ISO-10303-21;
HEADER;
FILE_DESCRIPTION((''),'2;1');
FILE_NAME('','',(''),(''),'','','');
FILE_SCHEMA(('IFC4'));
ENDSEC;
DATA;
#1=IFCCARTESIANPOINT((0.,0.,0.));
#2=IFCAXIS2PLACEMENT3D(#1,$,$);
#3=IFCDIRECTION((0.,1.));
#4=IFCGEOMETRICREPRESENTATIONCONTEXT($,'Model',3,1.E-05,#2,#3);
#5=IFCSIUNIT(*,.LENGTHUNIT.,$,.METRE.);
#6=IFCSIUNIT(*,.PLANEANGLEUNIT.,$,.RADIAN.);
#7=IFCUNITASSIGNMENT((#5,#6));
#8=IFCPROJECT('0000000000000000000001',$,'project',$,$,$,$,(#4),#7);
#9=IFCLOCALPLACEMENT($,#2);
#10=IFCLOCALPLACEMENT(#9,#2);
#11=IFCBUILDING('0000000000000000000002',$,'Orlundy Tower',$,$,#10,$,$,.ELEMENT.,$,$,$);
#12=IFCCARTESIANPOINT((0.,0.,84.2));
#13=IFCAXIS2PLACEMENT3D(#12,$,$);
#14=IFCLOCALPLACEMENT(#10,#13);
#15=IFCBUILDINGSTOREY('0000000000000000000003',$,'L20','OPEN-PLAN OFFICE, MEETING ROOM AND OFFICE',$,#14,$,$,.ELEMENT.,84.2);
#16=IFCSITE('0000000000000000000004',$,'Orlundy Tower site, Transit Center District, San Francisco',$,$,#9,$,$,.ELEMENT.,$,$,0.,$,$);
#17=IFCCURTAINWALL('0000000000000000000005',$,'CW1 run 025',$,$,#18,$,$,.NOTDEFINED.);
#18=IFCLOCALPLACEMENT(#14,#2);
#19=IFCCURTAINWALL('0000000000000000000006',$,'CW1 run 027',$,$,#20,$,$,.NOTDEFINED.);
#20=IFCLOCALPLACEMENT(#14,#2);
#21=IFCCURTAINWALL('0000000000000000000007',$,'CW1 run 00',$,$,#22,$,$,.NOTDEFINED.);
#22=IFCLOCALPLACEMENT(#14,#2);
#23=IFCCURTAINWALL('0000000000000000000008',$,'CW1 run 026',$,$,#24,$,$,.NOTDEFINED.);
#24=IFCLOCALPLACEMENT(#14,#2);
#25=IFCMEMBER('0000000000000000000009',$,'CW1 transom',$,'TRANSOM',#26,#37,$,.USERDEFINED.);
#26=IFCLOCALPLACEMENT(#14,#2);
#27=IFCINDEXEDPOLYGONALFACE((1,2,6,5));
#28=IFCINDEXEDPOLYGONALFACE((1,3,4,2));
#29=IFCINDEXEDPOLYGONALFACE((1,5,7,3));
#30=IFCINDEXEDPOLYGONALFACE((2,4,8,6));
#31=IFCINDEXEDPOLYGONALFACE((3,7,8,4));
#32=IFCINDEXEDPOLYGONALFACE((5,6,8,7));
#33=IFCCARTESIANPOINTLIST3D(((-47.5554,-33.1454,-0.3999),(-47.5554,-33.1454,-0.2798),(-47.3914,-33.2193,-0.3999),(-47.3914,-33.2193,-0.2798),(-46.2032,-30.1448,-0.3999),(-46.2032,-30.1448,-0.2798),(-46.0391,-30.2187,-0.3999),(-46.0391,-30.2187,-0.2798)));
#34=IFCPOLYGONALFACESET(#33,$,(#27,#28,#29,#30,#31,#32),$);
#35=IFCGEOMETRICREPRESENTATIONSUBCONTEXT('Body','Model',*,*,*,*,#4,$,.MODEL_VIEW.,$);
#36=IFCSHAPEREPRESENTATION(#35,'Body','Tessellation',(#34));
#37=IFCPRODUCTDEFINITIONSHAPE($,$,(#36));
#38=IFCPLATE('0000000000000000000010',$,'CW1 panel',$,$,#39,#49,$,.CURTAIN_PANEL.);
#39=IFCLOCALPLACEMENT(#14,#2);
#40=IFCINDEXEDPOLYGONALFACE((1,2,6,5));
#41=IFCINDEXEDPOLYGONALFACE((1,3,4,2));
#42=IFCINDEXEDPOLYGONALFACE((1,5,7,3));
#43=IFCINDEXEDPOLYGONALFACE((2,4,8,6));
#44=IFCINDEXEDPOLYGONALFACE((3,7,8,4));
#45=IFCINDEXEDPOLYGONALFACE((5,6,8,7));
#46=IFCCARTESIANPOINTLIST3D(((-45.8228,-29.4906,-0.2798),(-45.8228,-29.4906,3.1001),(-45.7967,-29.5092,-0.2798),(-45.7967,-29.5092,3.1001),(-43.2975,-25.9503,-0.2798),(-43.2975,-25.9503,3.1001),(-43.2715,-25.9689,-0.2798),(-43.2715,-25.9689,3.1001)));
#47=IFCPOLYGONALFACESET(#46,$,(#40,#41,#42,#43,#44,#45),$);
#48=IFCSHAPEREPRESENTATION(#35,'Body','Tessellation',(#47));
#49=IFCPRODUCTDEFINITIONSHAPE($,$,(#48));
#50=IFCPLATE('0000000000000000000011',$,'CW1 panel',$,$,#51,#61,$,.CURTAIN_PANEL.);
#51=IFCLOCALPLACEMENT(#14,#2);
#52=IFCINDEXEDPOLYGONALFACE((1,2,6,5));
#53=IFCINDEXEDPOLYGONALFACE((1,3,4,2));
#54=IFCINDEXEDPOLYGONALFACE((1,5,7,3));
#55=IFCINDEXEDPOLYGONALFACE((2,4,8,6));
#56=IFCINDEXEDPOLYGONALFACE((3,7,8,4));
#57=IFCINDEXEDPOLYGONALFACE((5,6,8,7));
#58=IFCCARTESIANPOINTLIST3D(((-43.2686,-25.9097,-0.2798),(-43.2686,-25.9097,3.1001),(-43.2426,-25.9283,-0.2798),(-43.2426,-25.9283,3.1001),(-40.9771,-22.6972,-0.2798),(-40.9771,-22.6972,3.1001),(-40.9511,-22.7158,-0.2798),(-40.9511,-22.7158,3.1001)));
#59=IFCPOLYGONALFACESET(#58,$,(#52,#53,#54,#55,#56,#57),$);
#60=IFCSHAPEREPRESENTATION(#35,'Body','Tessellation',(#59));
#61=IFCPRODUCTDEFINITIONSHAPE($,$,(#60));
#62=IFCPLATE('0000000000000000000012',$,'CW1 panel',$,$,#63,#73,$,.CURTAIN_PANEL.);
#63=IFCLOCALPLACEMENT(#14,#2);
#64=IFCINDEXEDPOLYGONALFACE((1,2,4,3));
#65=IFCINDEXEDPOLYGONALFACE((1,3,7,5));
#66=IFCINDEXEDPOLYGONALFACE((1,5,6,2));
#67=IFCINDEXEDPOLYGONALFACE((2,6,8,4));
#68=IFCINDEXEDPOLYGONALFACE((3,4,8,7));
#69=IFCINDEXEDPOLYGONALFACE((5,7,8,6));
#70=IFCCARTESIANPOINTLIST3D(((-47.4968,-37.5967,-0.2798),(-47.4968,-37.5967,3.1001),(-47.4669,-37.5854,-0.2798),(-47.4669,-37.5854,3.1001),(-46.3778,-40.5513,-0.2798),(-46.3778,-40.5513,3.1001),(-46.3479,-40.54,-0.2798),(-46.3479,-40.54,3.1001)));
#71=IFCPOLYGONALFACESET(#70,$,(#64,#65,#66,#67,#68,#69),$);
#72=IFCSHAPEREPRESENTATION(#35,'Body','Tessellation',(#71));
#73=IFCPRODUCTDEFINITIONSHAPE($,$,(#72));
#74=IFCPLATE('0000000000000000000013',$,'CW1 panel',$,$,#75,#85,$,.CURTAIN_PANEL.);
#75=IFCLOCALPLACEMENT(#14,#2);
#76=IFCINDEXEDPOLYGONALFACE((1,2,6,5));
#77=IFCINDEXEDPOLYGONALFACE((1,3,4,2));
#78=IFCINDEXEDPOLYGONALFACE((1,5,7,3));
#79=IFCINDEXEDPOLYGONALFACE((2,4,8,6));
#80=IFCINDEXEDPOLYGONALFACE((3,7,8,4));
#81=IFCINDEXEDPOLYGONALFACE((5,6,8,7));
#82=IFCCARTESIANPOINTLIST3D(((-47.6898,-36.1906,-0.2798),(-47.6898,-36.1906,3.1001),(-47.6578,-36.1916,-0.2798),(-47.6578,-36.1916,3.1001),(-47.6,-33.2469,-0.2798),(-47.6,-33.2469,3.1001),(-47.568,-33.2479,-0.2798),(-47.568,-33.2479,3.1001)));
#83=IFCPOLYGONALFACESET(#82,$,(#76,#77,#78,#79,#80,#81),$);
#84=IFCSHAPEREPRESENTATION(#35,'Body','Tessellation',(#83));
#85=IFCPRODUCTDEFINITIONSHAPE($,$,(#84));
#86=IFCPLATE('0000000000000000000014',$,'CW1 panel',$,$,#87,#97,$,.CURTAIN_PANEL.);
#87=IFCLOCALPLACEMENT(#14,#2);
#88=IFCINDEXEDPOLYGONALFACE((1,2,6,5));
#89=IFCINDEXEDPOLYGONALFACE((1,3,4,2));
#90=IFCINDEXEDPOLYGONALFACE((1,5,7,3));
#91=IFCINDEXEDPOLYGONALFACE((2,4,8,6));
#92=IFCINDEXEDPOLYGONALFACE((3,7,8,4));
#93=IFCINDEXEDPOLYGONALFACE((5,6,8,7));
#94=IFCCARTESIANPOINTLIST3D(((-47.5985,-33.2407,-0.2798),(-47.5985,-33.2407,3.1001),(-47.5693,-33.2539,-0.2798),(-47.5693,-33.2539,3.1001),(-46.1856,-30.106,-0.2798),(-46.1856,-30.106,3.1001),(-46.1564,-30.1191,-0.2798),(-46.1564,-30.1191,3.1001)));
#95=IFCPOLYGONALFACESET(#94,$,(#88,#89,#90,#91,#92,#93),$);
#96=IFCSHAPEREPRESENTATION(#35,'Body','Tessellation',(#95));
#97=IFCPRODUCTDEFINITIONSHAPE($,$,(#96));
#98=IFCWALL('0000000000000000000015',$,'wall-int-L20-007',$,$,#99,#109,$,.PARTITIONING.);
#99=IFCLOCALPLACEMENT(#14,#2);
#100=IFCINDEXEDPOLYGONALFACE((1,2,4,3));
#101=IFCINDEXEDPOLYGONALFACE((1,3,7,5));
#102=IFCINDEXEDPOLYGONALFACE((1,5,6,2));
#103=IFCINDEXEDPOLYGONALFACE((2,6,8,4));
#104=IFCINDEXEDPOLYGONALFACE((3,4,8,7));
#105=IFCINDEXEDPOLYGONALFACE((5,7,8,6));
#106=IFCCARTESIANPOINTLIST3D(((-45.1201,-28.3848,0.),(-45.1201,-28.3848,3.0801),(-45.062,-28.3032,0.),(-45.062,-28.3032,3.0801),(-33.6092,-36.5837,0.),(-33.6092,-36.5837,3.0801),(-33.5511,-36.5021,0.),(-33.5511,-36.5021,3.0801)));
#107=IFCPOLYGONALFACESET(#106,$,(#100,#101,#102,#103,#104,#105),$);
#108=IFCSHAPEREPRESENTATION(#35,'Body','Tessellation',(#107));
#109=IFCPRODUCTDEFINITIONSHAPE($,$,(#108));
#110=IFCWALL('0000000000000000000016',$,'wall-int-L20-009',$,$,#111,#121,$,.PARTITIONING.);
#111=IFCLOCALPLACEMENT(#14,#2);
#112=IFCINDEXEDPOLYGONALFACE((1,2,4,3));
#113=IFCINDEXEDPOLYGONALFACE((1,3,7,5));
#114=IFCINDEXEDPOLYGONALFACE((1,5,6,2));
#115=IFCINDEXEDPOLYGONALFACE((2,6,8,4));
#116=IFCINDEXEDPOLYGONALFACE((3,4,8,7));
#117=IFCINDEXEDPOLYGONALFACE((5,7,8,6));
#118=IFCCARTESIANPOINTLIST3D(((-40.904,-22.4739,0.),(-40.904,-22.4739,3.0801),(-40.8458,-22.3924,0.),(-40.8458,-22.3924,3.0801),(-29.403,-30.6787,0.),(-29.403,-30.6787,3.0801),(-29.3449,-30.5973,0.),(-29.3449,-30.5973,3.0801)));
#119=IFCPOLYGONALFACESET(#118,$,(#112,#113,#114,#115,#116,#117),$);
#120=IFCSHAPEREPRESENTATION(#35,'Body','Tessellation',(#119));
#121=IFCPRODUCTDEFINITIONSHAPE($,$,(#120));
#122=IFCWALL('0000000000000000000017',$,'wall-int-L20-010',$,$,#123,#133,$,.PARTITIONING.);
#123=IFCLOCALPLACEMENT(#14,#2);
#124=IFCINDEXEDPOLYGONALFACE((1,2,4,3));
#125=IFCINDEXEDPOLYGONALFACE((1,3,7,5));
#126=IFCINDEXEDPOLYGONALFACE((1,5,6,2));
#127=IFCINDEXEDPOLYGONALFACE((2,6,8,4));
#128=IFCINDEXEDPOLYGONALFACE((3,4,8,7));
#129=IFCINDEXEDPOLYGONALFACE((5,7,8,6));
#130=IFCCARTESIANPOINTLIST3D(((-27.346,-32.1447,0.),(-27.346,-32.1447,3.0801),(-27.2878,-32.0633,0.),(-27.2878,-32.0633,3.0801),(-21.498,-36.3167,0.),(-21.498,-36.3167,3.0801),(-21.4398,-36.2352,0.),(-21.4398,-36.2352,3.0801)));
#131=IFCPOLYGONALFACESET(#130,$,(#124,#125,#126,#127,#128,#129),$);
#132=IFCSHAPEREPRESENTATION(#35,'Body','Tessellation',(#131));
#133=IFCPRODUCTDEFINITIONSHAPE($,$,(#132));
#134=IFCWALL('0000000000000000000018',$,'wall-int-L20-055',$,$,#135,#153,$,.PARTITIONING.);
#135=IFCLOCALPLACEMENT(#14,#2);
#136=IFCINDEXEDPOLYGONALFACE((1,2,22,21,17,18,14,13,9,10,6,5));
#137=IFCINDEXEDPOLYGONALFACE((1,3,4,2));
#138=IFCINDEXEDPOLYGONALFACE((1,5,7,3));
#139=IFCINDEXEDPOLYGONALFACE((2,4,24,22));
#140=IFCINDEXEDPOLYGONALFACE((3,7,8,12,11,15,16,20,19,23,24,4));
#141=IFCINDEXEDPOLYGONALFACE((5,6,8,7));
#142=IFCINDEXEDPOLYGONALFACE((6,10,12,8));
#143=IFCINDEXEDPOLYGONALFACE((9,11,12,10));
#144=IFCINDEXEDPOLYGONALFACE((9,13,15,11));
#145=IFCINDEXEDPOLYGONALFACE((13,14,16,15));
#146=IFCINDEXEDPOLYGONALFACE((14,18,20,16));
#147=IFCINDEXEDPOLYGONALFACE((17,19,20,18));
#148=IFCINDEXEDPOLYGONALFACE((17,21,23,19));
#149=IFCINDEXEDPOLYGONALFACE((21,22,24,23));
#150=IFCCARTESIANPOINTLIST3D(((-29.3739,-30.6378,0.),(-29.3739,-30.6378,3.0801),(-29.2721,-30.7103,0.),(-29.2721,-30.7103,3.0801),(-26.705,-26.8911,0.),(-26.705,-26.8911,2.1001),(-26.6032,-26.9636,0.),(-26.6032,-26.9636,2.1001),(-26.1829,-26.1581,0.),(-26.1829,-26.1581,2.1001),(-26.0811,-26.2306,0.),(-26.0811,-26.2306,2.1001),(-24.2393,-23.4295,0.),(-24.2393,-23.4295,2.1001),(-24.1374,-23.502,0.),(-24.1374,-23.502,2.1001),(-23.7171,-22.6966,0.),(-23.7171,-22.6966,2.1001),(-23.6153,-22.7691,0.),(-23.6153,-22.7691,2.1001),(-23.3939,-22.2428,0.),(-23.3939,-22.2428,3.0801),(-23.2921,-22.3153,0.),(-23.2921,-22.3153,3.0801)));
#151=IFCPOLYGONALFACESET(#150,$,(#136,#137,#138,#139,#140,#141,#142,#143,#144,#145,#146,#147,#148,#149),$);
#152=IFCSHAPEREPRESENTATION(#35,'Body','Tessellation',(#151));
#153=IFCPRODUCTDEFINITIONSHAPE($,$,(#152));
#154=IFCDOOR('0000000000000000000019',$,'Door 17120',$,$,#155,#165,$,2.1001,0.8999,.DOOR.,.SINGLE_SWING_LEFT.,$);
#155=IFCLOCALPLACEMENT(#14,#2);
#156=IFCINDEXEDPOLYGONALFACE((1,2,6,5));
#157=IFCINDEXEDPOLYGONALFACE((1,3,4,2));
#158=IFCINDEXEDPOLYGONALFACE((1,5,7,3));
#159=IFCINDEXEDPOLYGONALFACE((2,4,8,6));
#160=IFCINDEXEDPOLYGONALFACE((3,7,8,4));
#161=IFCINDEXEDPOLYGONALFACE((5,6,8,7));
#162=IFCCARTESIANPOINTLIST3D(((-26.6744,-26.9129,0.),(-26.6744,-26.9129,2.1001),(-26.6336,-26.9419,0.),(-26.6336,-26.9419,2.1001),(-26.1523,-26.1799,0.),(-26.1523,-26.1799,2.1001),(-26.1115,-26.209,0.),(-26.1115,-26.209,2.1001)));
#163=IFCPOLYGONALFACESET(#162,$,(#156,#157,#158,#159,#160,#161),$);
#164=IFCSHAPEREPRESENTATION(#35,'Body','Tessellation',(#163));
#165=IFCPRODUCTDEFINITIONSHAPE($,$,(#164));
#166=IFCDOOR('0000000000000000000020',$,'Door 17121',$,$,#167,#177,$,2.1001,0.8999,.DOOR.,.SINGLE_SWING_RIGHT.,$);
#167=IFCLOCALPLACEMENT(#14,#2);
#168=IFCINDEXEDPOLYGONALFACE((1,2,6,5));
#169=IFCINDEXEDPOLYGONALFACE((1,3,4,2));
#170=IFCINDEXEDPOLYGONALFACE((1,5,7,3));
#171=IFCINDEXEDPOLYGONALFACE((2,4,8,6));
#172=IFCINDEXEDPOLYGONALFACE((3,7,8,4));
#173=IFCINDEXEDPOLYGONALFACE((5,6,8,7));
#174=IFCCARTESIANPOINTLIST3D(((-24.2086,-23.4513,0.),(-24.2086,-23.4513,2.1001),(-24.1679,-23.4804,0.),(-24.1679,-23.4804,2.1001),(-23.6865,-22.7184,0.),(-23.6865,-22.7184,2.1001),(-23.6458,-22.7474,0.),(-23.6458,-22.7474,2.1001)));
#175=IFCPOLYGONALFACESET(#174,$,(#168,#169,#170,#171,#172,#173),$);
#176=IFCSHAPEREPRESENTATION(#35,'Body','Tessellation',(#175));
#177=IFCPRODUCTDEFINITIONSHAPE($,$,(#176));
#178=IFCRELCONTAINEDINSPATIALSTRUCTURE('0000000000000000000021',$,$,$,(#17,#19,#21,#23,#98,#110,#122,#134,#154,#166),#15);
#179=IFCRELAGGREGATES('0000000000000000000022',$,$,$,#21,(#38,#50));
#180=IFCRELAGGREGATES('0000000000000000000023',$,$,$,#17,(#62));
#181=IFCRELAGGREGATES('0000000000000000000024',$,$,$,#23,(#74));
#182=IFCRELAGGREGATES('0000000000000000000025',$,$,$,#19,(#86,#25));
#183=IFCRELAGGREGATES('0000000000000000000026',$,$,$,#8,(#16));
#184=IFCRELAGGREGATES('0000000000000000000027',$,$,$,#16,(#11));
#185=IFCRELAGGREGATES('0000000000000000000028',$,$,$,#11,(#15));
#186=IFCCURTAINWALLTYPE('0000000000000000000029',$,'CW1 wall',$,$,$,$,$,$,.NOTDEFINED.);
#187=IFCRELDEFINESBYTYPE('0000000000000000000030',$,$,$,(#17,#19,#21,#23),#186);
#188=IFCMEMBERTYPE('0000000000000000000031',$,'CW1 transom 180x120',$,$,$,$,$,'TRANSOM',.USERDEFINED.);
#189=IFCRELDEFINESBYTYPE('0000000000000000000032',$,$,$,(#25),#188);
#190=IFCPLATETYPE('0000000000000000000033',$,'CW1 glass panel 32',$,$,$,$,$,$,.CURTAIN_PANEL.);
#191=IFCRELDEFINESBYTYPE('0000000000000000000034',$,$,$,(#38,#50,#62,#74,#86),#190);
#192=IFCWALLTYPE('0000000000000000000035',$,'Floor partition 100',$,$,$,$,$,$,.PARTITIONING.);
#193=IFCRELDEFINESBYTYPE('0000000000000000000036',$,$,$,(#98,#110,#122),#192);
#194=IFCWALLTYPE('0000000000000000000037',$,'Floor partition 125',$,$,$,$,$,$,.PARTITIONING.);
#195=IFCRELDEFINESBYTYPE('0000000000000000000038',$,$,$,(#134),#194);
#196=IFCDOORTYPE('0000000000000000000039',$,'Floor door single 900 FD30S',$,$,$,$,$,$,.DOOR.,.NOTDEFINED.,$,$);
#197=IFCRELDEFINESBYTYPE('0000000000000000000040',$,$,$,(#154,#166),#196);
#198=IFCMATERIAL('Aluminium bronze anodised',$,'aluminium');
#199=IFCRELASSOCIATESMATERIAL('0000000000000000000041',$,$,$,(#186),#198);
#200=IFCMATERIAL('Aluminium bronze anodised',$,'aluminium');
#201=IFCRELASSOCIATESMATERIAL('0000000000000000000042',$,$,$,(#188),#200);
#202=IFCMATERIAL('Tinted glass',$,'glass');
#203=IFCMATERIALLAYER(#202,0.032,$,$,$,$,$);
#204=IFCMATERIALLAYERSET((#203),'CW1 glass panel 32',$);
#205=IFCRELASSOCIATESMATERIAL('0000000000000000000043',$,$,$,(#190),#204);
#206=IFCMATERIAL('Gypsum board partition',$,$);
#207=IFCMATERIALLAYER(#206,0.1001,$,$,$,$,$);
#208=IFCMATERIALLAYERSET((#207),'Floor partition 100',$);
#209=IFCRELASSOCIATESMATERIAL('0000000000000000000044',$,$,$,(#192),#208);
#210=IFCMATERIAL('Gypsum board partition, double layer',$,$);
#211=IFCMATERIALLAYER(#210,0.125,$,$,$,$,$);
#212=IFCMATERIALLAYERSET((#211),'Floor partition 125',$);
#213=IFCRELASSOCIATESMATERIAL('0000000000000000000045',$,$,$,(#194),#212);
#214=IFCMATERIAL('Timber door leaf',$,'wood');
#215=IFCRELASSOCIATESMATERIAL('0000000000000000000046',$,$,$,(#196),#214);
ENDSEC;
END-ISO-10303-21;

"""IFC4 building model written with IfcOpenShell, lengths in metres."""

from ifc_helpers import new_model, si_unit, direction, frame, frame_2d, origin, origin_2d, place, context, subcontext, project, spatial, rectangle, extrude, material, layer, layer_set, material_profile, profile_set, type_object, element, fill, aggregate, save


model = new_model("IFC4")

# Units and contexts
model_context = context("Model", 3, precision=1e-05, world=origin(), true_north=direction((0.0, 1.0)))
body_context = subcontext(model_context, "Body", "Model", "MODEL_VIEW")
ifc_project = project(units=[si_unit("LENGTHUNIT", "METRE"), si_unit("PLANEANGLEUNIT", "RADIAN")], contexts=[model_context])

# Site, building, storey
site_placement = place(None, origin())
site = spatial("IfcSite", under=ifc_project, at=site_placement, Name="Orlundy Tower site, Transit Center District, San Francisco", CompositionType="ELEMENT", RefElevation=0.0)
building_placement = place(site_placement, origin())
building = spatial("IfcBuilding", under=site, at=building_placement, Name="Orlundy Tower", CompositionType="ELEMENT")
storey_placement = place(building_placement, frame((0.0, 0.0, 84.2)))
storey = spatial("IfcBuildingStorey", under=building, at=storey_placement, Name="L20", Description="OPEN-PLAN OFFICE, MEETING ROOM AND OFFICE", CompositionType="ELEMENT", Elevation=84.2)

# Curtain walls
ifc_material_1 = material(Name="Aluminium bronze anodised", Category="aluminium")
curtain_wall_type = type_object("IfcCurtainWallType", Name="CW1 wall", PredefinedType="NOTDEFINED", material=ifc_material_1)
curtain_wall_1_placement = place(storey_placement, origin())
curtain_wall_1 = element("IfcCurtainWall", 1, at=curtain_wall_1_placement, inside=storey, type_object=curtain_wall_type, Name="CW1 run 025", PredefinedType="NOTDEFINED")
curtain_wall_2_placement = place(storey_placement, origin())
curtain_wall_2 = element("IfcCurtainWall", 2, at=curtain_wall_2_placement, inside=storey, type_object=curtain_wall_type, Name="CW1 run 027", PredefinedType="NOTDEFINED")

# Curtain wall
curtain_wall_3_placement = place(storey_placement, origin())
curtain_wall_3 = element("IfcCurtainWall", 3, at=curtain_wall_3_placement, inside=storey, type_object=curtain_wall_type, Name="CW1 run 00", PredefinedType="NOTDEFINED")
ifc_material_2 = material(Name="Aluminium bronze anodised", Category="aluminium")
ifc_material_profile_1 = material_profile(ifc_material_2, rectangle(XDim=0.1799, YDim=0.1201, at=origin_2d()), Name="CW1 transom 180x120")
ifc_profile_set_1 = profile_set([ifc_material_profile_1], Name="Aluminium bronze anodised")
member_type_1 = type_object("IfcMemberType", Name="CW1 transom 180x120", ElementType="TRANSOM", PredefinedType="USERDEFINED", material=ifc_profile_set_1)

# Curtain wall
curtain_wall_4_placement = place(storey_placement, origin())
curtain_wall_4 = element("IfcCurtainWall", 4, at=curtain_wall_4_placement, inside=storey, type_object=curtain_wall_type, Name="CW1 run 026", PredefinedType="NOTDEFINED")

# Member
member_1_placement = place(storey_placement, frame((-47.4734, -33.1824, -0.3398), z_axis=(0.410861, 0.911698, 0.0), x_axis=(-0.911698, 0.410861, 0.0)))
member_1 = element("IfcMember", 5, at=member_1_placement, type_object=member_type_1, Name="CW1 transom", ObjectType="TRANSOM", PredefinedType="USERDEFINED", context=body_context, shape_type="SweptSolid", body=[
    extrude(rectangle(XDim=0.1799, YDim=0.1201, at=origin_2d()), origin(), (0.0, 0.0, 1.0), 3.2913),
])

# Plates
ifc_material_3 = material(Name="Tinted glass", Category="glass")
ifc_layer_1 = layer(ifc_material_3, 0.032)
ifc_layer_set_1 = layer_set([ifc_layer_1], Name="CW1 glass panel 32")
plate_type = type_object("IfcPlateType", Name="CW1 glass panel 32", PredefinedType="CURTAIN_PANEL", material=ifc_layer_set_1)
plate_1_placement = place(storey_placement, frame((-44.5471, -27.7297, -0.2798), z_axis=(0.0, 0.0, 1.0), x_axis=(0.580701, 0.814117, 0.0)))
plate_1 = element("IfcPlate", 6, at=plate_1_placement, type_object=plate_type, Name="CW1 panel", PredefinedType="CURTAIN_PANEL", context=body_context, shape_type="SweptSolid", body=[
    extrude(rectangle(XDim=4.3486, YDim=0.032, at=origin_2d()), origin(), (0.0, 0.0, 1.0), 3.3799),
])
plate_2_placement = place(storey_placement, frame((-42.1099, -24.3127, -0.2798), z_axis=(0.0, 0.0, 1.0), x_axis=(0.580701, 0.814117, 0.0)))
plate_2 = element("IfcPlate", 7, at=plate_2_placement, type_object=plate_type, Name="CW1 panel", PredefinedType="CURTAIN_PANEL", context=body_context, shape_type="SweptSolid", body=[
    extrude(rectangle(XDim=3.946, YDim=0.032, at=origin_2d()), origin(), (0.0, 0.0, 1.0), 3.3799),
])
aggregate(curtain_wall_3, [plate_1, plate_2])
plate_3_placement = place(storey_placement, frame((-46.9224, -39.0684, -0.2798), z_axis=(0.0, 0.0, 1.0), x_axis=(-0.354166, 0.935182, 0.0)))
plate_3 = element("IfcPlate", 8, at=plate_3_placement, type_object=plate_type, Name="CW1 panel", PredefinedType="CURTAIN_PANEL", context=body_context, shape_type="SweptSolid", body=[
    extrude(rectangle(XDim=3.1594, YDim=0.032, at=origin_2d()), origin(), (0.0, 0.0, 1.0), 3.3799),
])
aggregate(curtain_wall_1, [plate_3])
plate_4_placement = place(storey_placement, frame((-47.6289, -34.7192, -0.2798), z_axis=(0.0, 0.0, 1.0), x_axis=(0.030485, 0.999535, 0.0)))
plate_4 = element("IfcPlate", 9, at=plate_4_placement, type_object=plate_type, Name="CW1 panel", PredefinedType="CURTAIN_PANEL", context=body_context, shape_type="SweptSolid", body=[
    extrude(rectangle(XDim=2.9451, YDim=0.032, at=origin_2d()), origin(), (0.0, 0.0, 1.0), 3.3799),
])
aggregate(curtain_wall_4, [plate_4])
plate_5_placement = place(storey_placement, frame((-46.8774, -31.6799, -0.2798), z_axis=(0.0, 0.0, 1.0), x_axis=(0.410914, 0.911674, 0.0)))
plate_5 = element("IfcPlate", 10, at=plate_5_placement, type_object=plate_type, Name="CW1 panel", PredefinedType="CURTAIN_PANEL", context=body_context, shape_type="SweptSolid", body=[
    extrude(rectangle(XDim=3.4385, YDim=0.032, at=origin_2d()), origin(), (0.0, 0.0, 1.0), 3.3799),
])
aggregate(curtain_wall_2, [plate_5, member_1])

# Walls
ifc_material_4 = material(Name="Gypsum board partition")
ifc_layer_2 = layer(ifc_material_4, 0.1001)
ifc_layer_set_2 = layer_set([ifc_layer_2], Name="Floor partition 100")
wall_type_1 = type_object("IfcWallType", Name="Floor partition 100", PredefinedType="PARTITIONING", material=ifc_layer_set_2)
wall_1_placement = place(storey_placement, frame((-45.0911, -28.344, 0.0), z_axis=(0.0, 0.0, 1.0), x_axis=(0.814508, -0.580153, 0.0)))
element("IfcWall", 11, at=wall_1_placement, inside=storey, type_object=wall_type_1, Name="wall-int-L20-007", PredefinedType="PARTITIONING", context=body_context, shape_type="SweptSolid", body=[
    extrude(rectangle(XDim=14.1323, YDim=0.1001, at=frame_2d((7.0662, 0.0))), origin(), (0.0, 0.0, 1.0), 3.0801),
])
wall_2_placement = place(storey_placement, frame((-40.875, -22.4331, 0.0), z_axis=(0.0, 0.0, 1.0), x_axis=(0.814073, -0.580762, 0.0)))
element("IfcWall", 12, at=wall_2_placement, inside=storey, type_object=wall_type_1, Name="wall-int-L20-009", PredefinedType="PARTITIONING", context=body_context, shape_type="SweptSolid", body=[
    extrude(rectangle(XDim=14.1277, YDim=0.1001, at=frame_2d((7.064, 0.0))), origin(), (0.0, 0.0, 1.0), 3.0801),
])
wall_3_placement = place(storey_placement, frame((-27.3169, -32.104, 0.0), z_axis=(0.0, 0.0, 1.0), x_axis=(0.814075, -0.580759, 0.0)))
element("IfcWall", 13, at=wall_3_placement, inside=storey, type_object=wall_type_1, Name="wall-int-L20-010", PredefinedType="PARTITIONING", context=body_context, shape_type="SweptSolid", body=[
    extrude(rectangle(XDim=7.1836, YDim=0.1001, at=frame_2d((3.5918, 0.0))), origin(), (0.0, 0.0, 1.0), 3.0801),
])

# Wall, openings, doors
ifc_material_5 = material(Name="Gypsum board partition, double layer")
ifc_layer_3 = layer(ifc_material_5, 0.125)
ifc_layer_set_3 = layer_set([ifc_layer_3], Name="Floor partition 125")
wall_type_2 = type_object("IfcWallType", Name="Floor partition 125", PredefinedType="PARTITIONING", material=ifc_layer_set_3)
wall_4_placement = place(storey_placement, frame((-29.323, -30.6741, 0.0), z_axis=(0.0, 0.0, 1.0), x_axis=(0.58018, 0.814488, 0.0)))
wall_4 = element("IfcWall", 14, at=wall_4_placement, inside=storey, type_object=wall_type_2, Name="wall-int-L20-055", PredefinedType="PARTITIONING", context=body_context, shape_type="SweptSolid", body=[
    extrude(rectangle(XDim=10.3071, YDim=0.125, at=frame_2d((5.1536, 0.0))), origin(), (0.0, 0.0, 1.0), 3.0801),
])
opening_1_placement = place(wall_4_placement, frame((4.6001, 0.0, 0.0)))
opening_1 = element("IfcOpeningElement", 15, at=opening_1_placement, cuts=wall_4, PredefinedType="OPENING", context=body_context, shape_type="SweptSolid", body=[
    extrude(rectangle(XDim=0.8999, YDim=2.1001, at=frame_2d((0.45, 1.05))), frame((0.0, 0.0725, 0.0), z_axis=(0.0, -1.0, 0.0), x_axis=(1.0, 0.0, 0.0)), (0.0, 0.0, 1.0), 0.145),
])
opening_2_placement = place(wall_4_placement, frame((8.8501, 0.0, 0.0)))
opening_2 = element("IfcOpeningElement", 16, at=opening_2_placement, cuts=wall_4, PredefinedType="OPENING", context=body_context, shape_type="SweptSolid", body=[
    extrude(rectangle(XDim=0.8999, YDim=2.1001, at=frame_2d((0.45, 1.05))), frame((0.0, 0.0725, 0.0), z_axis=(0.0, -1.0, 0.0), x_axis=(1.0, 0.0, 0.0)), (0.0, 0.0, 1.0), 0.145),
])
ifc_material_6 = material(Name="Timber door leaf", Category="wood")
door_type = type_object("IfcDoorType", Name="Floor door single 900 FD30S", OperationType="NOTDEFINED", PredefinedType="DOOR", material=ifc_material_6)
door_1_placement = place(opening_1_placement, origin())
door_1 = element("IfcDoor", 17, at=door_1_placement, inside=storey, type_object=door_type, Name="Door 17120", OperationType="SINGLE_SWING_LEFT", OverallHeight=2.1001, OverallWidth=0.8999, PredefinedType="DOOR", context=body_context, shape_type="SweptSolid", body=[
    extrude(rectangle(XDim=0.8999, YDim=2.1001, at=frame_2d((0.45, 1.05))), frame((0.0, 0.0249, 0.0), z_axis=(0.0, -1.0, 0.0), x_axis=(1.0, 0.0, 0.0)), (0.0, 0.0, 1.0), 0.05),
])
fill(opening_1, door_1)
door_2_placement = place(opening_2_placement, origin())
door_2 = element("IfcDoor", 18, at=door_2_placement, inside=storey, type_object=door_type, Name="Door 17121", OperationType="SINGLE_SWING_RIGHT", OverallHeight=2.1001, OverallWidth=0.8999, PredefinedType="DOOR", context=body_context, shape_type="SweptSolid", body=[
    extrude(rectangle(XDim=0.8999, YDim=2.1001, at=frame_2d((0.45, 1.05))), frame((0.0, 0.0249, 0.0), z_axis=(0.0, -1.0, 0.0), x_axis=(1.0, 0.0, 0.0)), (0.0, 0.0, 1.0), 0.05),
])
fill(opening_2, door_2)

save(model, "model.ifc")
